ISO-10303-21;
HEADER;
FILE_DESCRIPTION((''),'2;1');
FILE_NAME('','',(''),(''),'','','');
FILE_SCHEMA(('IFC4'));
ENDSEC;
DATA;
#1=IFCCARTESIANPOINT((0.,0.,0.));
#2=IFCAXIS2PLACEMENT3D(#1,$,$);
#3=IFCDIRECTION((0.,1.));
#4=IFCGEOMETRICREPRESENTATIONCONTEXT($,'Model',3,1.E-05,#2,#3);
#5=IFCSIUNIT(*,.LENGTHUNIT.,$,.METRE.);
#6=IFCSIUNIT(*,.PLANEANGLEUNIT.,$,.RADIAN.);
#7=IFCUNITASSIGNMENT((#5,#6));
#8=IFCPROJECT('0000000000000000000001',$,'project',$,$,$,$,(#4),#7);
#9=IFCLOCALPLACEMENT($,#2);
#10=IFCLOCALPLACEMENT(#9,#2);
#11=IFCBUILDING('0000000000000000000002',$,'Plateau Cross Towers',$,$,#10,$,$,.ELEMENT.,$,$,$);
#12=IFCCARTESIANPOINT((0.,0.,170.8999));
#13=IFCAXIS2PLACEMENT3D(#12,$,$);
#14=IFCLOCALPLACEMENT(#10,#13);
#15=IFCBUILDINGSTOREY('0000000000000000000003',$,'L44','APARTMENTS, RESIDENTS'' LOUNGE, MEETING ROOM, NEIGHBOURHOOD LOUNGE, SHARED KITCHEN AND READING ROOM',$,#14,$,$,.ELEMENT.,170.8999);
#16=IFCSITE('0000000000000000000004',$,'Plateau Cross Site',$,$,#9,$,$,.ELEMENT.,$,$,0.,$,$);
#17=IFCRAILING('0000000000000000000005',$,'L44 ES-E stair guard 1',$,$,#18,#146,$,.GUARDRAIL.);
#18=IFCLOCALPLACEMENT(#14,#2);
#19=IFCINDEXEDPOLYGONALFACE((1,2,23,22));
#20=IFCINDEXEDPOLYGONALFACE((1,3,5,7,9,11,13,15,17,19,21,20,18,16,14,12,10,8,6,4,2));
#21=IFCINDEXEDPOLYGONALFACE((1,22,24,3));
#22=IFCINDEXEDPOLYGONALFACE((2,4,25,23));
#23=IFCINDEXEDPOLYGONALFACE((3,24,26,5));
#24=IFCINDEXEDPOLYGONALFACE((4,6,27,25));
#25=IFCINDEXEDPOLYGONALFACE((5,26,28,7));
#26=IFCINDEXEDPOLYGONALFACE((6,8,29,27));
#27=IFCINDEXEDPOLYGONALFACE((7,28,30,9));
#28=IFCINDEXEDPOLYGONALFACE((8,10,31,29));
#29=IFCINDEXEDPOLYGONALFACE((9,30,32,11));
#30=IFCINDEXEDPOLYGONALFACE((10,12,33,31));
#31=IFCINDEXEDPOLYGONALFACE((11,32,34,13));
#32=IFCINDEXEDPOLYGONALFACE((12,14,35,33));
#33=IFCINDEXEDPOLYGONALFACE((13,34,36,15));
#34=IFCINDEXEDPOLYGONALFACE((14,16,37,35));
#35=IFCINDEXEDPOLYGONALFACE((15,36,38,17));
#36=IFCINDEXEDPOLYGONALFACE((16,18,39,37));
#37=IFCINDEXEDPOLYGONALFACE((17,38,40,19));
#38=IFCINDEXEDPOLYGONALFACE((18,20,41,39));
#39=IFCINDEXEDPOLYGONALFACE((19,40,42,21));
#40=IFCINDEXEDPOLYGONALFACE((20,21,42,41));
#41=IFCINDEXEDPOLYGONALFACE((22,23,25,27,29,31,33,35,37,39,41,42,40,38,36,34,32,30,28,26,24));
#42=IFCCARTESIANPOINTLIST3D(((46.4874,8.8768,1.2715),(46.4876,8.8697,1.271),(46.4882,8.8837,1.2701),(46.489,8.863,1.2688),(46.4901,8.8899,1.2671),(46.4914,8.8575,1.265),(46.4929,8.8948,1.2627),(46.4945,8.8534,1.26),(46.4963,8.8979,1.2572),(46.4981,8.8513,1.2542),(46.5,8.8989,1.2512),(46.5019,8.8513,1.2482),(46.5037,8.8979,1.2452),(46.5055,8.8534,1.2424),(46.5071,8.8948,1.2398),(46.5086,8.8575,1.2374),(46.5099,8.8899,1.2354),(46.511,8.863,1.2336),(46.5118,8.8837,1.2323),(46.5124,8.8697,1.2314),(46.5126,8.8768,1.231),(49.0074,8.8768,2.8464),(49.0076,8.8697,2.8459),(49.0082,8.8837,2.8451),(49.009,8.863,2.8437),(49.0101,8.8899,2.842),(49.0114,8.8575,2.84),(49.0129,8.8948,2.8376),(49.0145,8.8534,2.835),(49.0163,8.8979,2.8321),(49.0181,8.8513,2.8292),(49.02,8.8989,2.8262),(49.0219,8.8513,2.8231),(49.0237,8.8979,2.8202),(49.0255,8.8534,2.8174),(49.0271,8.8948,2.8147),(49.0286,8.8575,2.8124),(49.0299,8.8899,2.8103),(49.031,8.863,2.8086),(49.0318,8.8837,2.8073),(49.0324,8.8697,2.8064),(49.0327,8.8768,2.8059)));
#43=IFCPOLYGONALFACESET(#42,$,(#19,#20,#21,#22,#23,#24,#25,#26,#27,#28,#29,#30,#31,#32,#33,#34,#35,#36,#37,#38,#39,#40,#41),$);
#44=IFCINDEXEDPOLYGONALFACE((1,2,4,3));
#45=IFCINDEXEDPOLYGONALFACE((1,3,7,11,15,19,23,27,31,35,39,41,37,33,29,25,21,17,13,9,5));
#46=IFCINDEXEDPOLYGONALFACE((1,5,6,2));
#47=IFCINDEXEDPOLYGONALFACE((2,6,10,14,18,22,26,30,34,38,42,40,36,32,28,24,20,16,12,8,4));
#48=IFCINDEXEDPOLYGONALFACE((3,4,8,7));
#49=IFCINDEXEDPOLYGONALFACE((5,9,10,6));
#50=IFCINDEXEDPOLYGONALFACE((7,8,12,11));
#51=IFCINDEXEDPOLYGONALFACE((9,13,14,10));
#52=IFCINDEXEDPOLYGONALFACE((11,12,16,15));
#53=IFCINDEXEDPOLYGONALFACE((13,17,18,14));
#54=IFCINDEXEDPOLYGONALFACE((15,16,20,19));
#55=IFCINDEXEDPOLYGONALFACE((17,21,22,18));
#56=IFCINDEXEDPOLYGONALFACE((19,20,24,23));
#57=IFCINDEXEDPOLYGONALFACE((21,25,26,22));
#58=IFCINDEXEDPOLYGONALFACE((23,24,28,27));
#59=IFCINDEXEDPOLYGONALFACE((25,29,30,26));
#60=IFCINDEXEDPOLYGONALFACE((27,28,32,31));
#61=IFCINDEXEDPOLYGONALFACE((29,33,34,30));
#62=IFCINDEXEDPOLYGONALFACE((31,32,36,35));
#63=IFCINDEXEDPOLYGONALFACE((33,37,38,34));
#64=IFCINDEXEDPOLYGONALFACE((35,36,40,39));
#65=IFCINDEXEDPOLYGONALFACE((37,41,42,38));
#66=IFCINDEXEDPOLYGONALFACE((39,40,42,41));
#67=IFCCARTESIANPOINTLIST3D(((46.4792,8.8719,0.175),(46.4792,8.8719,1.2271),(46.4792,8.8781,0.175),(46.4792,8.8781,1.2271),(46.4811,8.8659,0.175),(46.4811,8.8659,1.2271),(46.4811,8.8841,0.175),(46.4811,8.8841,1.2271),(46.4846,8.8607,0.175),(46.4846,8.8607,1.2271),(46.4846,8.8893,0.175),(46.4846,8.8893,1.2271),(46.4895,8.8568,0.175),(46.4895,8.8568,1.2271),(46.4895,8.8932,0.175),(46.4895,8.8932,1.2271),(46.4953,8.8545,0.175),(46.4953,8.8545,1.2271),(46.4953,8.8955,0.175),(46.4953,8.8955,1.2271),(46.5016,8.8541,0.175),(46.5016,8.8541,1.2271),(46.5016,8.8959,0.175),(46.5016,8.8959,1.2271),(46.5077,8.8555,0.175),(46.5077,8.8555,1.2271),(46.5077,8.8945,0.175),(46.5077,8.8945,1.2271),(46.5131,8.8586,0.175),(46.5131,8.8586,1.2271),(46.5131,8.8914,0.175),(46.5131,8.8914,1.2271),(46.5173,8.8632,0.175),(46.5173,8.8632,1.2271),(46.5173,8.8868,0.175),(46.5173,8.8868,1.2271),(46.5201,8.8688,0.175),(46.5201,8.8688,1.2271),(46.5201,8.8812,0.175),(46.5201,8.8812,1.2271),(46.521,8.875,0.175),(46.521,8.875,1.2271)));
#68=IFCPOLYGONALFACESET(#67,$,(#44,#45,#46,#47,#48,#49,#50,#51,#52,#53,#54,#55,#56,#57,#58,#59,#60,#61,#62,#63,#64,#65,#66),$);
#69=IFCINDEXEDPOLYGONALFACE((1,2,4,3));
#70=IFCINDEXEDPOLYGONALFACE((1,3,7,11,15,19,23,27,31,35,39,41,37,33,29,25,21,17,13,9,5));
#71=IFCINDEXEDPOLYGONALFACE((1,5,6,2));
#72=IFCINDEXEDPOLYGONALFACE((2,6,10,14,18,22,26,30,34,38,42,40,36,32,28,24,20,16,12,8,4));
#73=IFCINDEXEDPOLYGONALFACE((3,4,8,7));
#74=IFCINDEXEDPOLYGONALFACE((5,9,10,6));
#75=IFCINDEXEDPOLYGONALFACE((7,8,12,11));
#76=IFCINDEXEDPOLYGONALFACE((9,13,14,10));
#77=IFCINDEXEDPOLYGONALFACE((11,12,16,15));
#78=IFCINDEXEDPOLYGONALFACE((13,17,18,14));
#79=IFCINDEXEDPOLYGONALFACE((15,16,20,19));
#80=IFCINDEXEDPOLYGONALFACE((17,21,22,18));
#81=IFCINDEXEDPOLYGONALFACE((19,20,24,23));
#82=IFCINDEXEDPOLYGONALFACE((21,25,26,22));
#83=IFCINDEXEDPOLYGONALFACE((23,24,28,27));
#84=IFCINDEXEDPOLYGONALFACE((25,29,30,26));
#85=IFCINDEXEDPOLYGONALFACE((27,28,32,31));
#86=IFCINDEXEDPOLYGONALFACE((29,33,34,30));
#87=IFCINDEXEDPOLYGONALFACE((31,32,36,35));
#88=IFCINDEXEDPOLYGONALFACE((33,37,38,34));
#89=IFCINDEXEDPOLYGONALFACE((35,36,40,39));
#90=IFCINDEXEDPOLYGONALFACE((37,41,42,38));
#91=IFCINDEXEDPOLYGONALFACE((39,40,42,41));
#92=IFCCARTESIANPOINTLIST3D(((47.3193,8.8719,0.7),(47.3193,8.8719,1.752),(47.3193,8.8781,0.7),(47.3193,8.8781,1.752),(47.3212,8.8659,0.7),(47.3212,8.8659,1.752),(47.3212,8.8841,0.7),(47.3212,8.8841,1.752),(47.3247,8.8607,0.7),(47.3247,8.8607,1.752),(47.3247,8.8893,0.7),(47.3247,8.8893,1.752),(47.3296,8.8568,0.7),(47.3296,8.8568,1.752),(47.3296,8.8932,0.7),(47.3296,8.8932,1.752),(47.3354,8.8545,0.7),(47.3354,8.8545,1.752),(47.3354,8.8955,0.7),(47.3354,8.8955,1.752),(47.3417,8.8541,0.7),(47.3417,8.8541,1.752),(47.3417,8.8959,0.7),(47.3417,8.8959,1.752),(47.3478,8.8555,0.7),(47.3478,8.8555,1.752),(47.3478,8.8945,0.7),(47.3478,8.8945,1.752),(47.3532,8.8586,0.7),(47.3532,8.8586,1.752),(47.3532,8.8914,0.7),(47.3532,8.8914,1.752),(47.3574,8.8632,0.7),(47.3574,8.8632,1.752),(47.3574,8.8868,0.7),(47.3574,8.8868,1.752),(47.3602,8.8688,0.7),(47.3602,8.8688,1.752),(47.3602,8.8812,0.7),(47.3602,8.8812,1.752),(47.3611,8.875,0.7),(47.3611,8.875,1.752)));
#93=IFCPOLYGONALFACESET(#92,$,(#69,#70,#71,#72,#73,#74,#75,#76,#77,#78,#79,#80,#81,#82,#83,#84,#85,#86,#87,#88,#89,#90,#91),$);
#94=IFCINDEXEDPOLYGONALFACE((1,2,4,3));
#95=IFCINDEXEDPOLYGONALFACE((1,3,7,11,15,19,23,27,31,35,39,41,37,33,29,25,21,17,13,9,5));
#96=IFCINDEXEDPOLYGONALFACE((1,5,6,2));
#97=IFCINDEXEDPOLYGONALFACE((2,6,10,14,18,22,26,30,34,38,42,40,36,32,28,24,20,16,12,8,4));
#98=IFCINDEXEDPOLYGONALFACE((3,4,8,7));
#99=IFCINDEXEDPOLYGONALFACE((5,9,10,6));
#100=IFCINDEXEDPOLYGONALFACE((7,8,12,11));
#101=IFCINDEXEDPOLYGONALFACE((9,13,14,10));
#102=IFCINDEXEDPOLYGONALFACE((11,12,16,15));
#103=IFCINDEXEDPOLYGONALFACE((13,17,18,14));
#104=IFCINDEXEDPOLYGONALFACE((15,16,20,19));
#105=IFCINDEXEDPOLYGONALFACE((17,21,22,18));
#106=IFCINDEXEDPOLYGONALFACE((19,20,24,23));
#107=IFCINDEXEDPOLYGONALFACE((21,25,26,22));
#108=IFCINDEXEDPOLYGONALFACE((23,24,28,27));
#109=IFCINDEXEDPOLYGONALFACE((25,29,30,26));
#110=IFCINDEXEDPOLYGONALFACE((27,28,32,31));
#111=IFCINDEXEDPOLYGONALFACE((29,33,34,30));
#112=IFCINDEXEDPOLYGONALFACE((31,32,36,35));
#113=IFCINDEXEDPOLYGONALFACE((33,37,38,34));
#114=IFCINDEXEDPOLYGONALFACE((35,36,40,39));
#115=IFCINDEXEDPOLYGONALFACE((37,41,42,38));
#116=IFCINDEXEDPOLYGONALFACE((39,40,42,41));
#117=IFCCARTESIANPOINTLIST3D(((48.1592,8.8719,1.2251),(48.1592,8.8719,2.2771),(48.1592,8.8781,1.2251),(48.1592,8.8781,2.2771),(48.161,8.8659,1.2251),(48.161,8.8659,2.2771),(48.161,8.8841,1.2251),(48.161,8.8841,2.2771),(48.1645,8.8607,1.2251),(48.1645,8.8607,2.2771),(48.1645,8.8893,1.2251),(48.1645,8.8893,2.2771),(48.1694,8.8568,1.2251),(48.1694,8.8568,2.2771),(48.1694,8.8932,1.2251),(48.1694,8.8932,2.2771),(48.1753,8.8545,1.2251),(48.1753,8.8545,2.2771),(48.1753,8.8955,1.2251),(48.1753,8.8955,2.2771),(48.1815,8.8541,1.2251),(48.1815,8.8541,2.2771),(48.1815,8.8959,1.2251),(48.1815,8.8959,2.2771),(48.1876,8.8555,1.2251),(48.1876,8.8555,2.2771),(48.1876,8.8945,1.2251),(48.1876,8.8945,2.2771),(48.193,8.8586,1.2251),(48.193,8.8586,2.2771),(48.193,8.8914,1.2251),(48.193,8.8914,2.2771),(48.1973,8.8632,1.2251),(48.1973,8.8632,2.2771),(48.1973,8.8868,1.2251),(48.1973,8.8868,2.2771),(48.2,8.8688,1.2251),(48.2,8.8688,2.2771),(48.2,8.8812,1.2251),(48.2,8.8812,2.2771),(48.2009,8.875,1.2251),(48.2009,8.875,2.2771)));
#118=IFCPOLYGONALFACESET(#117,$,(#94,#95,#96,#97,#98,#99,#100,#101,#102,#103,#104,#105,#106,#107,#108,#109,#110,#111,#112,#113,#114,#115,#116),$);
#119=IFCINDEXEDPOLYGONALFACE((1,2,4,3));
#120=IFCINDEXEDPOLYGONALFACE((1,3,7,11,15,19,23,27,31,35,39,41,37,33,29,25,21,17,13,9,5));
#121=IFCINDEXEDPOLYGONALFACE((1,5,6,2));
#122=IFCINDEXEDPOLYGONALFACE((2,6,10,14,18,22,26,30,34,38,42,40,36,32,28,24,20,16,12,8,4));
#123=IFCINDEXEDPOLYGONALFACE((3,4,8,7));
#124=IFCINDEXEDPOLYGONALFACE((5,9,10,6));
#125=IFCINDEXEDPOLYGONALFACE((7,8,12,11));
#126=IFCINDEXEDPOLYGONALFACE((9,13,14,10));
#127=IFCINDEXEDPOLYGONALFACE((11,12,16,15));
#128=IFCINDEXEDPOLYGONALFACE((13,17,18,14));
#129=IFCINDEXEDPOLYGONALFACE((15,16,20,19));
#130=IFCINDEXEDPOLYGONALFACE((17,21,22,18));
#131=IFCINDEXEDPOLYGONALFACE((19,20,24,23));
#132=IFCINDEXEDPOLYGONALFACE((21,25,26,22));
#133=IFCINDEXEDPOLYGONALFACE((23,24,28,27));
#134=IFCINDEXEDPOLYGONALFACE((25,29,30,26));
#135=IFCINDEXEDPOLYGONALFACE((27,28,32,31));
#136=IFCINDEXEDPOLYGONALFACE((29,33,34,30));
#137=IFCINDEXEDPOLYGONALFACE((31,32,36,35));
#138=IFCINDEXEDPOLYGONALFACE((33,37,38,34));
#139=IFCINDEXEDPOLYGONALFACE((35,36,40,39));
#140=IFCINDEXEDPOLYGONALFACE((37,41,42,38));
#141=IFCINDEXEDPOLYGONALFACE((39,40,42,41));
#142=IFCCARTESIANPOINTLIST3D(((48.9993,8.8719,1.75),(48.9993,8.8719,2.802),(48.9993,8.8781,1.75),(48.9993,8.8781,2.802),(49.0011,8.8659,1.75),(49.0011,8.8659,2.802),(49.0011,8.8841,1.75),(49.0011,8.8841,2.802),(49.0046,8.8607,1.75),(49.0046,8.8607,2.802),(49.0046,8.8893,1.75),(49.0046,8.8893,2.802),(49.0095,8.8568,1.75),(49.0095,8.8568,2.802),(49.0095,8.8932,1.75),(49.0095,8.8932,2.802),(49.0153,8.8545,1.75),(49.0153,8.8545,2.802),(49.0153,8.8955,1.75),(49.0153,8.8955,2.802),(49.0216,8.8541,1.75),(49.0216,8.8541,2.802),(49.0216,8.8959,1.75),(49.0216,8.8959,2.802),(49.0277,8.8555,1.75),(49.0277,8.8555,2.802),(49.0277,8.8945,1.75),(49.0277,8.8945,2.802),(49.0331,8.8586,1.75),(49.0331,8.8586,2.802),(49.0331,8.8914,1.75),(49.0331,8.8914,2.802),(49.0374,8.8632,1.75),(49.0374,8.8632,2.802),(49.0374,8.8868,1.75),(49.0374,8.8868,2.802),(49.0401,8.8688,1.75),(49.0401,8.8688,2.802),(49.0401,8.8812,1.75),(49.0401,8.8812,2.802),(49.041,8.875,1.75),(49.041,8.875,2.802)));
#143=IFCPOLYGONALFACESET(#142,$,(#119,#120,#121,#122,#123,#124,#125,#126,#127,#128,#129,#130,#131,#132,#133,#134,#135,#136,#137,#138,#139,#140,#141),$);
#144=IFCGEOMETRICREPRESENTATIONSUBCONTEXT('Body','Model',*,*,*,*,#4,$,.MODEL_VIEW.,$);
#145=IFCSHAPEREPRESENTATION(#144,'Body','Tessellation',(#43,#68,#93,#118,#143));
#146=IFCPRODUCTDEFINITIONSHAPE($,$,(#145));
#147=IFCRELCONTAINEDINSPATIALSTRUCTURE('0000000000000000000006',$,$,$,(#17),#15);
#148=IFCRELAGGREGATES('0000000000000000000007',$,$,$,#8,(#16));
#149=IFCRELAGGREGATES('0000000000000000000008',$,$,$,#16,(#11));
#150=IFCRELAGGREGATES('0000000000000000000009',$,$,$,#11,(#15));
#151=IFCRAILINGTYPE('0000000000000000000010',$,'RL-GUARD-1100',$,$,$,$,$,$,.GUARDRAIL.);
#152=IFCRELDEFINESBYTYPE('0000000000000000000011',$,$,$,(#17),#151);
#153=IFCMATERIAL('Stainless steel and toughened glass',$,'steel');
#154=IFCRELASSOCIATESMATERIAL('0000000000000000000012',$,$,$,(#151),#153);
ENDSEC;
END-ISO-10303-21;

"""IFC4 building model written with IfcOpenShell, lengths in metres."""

from ifc_helpers import new_model, si_unit, direction, frame, origin, origin_2d, place, context, subcontext, project, spatial, circle, extrude, material, type_object, element, save


model = new_model("IFC4")

# Units and contexts
model_context = context("Model", 3, precision=1e-05, world=origin(), true_north=direction((0.0, 1.0)))
body_context = subcontext(model_context, "Body", "Model", "MODEL_VIEW")
ifc_project = project(units=[si_unit("LENGTHUNIT", "METRE"), si_unit("PLANEANGLEUNIT", "RADIAN")], contexts=[model_context])

# Site, building, storey
site_placement = place(None, origin())
site = spatial("IfcSite", under=ifc_project, at=site_placement, Name="Plateau Cross Site", CompositionType="ELEMENT", RefElevation=0.0)
building_placement = place(site_placement, origin())
building = spatial("IfcBuilding", under=site, at=building_placement, Name="Plateau Cross Towers", CompositionType="ELEMENT")
storey_placement = place(building_placement, frame((0.0, 0.0, 170.8999)))
storey = spatial("IfcBuildingStorey", under=building, at=storey_placement, Name="L44", Description="APARTMENTS, RESIDENTS' LOUNGE, MEETING ROOM, NEIGHBOURHOOD LOUNGE, SHARED KITCHEN AND READING ROOM", CompositionType="ELEMENT", Elevation=170.8999)

# Railing
ifc_material_1 = material(Name="Stainless steel and toughened glass", Category="steel")
railing_type_1 = type_object("IfcRailingType", Name="RL-GUARD-1100", PredefinedType="GUARDRAIL", material=ifc_material_1)
railing_1_placement = place(storey_placement, frame((46.5, 8.875, 0.175)))
element("IfcRailing", 1, at=railing_1_placement, inside=storey, type_object=railing_type_1, Name="L44 ES-E stair guard 1", PredefinedType="GUARDRAIL", context=body_context, shape_type="SweptSolid", body=[
    extrude(circle(Radius=0.0239, at=origin_2d()), frame((0.0, 0.0, 1.0762), z_axis=(0.848008, 0.0, 0.529984), x_axis=(0.0, 1.0, 0.0)), (0.0, 0.0, 1.0), 2.9717),
    extrude(circle(Radius=0.021, at=origin_2d()), origin(), (0.0, 0.0, 1.0), 1.052),
    extrude(circle(Radius=0.021, at=origin_2d()), frame((0.8401, 0.0, 0.5249)), (0.0, 0.0, 1.0), 1.052),
    extrude(circle(Radius=0.021, at=origin_2d()), frame((1.6799, 0.0, 1.05)), (0.0, 0.0, 1.0), 1.052),
    extrude(circle(Radius=0.021, at=origin_2d()), frame((2.52, 0.0, 1.575)), (0.0, 0.0, 1.0), 1.052),
])

save(model, "model.ifc")
